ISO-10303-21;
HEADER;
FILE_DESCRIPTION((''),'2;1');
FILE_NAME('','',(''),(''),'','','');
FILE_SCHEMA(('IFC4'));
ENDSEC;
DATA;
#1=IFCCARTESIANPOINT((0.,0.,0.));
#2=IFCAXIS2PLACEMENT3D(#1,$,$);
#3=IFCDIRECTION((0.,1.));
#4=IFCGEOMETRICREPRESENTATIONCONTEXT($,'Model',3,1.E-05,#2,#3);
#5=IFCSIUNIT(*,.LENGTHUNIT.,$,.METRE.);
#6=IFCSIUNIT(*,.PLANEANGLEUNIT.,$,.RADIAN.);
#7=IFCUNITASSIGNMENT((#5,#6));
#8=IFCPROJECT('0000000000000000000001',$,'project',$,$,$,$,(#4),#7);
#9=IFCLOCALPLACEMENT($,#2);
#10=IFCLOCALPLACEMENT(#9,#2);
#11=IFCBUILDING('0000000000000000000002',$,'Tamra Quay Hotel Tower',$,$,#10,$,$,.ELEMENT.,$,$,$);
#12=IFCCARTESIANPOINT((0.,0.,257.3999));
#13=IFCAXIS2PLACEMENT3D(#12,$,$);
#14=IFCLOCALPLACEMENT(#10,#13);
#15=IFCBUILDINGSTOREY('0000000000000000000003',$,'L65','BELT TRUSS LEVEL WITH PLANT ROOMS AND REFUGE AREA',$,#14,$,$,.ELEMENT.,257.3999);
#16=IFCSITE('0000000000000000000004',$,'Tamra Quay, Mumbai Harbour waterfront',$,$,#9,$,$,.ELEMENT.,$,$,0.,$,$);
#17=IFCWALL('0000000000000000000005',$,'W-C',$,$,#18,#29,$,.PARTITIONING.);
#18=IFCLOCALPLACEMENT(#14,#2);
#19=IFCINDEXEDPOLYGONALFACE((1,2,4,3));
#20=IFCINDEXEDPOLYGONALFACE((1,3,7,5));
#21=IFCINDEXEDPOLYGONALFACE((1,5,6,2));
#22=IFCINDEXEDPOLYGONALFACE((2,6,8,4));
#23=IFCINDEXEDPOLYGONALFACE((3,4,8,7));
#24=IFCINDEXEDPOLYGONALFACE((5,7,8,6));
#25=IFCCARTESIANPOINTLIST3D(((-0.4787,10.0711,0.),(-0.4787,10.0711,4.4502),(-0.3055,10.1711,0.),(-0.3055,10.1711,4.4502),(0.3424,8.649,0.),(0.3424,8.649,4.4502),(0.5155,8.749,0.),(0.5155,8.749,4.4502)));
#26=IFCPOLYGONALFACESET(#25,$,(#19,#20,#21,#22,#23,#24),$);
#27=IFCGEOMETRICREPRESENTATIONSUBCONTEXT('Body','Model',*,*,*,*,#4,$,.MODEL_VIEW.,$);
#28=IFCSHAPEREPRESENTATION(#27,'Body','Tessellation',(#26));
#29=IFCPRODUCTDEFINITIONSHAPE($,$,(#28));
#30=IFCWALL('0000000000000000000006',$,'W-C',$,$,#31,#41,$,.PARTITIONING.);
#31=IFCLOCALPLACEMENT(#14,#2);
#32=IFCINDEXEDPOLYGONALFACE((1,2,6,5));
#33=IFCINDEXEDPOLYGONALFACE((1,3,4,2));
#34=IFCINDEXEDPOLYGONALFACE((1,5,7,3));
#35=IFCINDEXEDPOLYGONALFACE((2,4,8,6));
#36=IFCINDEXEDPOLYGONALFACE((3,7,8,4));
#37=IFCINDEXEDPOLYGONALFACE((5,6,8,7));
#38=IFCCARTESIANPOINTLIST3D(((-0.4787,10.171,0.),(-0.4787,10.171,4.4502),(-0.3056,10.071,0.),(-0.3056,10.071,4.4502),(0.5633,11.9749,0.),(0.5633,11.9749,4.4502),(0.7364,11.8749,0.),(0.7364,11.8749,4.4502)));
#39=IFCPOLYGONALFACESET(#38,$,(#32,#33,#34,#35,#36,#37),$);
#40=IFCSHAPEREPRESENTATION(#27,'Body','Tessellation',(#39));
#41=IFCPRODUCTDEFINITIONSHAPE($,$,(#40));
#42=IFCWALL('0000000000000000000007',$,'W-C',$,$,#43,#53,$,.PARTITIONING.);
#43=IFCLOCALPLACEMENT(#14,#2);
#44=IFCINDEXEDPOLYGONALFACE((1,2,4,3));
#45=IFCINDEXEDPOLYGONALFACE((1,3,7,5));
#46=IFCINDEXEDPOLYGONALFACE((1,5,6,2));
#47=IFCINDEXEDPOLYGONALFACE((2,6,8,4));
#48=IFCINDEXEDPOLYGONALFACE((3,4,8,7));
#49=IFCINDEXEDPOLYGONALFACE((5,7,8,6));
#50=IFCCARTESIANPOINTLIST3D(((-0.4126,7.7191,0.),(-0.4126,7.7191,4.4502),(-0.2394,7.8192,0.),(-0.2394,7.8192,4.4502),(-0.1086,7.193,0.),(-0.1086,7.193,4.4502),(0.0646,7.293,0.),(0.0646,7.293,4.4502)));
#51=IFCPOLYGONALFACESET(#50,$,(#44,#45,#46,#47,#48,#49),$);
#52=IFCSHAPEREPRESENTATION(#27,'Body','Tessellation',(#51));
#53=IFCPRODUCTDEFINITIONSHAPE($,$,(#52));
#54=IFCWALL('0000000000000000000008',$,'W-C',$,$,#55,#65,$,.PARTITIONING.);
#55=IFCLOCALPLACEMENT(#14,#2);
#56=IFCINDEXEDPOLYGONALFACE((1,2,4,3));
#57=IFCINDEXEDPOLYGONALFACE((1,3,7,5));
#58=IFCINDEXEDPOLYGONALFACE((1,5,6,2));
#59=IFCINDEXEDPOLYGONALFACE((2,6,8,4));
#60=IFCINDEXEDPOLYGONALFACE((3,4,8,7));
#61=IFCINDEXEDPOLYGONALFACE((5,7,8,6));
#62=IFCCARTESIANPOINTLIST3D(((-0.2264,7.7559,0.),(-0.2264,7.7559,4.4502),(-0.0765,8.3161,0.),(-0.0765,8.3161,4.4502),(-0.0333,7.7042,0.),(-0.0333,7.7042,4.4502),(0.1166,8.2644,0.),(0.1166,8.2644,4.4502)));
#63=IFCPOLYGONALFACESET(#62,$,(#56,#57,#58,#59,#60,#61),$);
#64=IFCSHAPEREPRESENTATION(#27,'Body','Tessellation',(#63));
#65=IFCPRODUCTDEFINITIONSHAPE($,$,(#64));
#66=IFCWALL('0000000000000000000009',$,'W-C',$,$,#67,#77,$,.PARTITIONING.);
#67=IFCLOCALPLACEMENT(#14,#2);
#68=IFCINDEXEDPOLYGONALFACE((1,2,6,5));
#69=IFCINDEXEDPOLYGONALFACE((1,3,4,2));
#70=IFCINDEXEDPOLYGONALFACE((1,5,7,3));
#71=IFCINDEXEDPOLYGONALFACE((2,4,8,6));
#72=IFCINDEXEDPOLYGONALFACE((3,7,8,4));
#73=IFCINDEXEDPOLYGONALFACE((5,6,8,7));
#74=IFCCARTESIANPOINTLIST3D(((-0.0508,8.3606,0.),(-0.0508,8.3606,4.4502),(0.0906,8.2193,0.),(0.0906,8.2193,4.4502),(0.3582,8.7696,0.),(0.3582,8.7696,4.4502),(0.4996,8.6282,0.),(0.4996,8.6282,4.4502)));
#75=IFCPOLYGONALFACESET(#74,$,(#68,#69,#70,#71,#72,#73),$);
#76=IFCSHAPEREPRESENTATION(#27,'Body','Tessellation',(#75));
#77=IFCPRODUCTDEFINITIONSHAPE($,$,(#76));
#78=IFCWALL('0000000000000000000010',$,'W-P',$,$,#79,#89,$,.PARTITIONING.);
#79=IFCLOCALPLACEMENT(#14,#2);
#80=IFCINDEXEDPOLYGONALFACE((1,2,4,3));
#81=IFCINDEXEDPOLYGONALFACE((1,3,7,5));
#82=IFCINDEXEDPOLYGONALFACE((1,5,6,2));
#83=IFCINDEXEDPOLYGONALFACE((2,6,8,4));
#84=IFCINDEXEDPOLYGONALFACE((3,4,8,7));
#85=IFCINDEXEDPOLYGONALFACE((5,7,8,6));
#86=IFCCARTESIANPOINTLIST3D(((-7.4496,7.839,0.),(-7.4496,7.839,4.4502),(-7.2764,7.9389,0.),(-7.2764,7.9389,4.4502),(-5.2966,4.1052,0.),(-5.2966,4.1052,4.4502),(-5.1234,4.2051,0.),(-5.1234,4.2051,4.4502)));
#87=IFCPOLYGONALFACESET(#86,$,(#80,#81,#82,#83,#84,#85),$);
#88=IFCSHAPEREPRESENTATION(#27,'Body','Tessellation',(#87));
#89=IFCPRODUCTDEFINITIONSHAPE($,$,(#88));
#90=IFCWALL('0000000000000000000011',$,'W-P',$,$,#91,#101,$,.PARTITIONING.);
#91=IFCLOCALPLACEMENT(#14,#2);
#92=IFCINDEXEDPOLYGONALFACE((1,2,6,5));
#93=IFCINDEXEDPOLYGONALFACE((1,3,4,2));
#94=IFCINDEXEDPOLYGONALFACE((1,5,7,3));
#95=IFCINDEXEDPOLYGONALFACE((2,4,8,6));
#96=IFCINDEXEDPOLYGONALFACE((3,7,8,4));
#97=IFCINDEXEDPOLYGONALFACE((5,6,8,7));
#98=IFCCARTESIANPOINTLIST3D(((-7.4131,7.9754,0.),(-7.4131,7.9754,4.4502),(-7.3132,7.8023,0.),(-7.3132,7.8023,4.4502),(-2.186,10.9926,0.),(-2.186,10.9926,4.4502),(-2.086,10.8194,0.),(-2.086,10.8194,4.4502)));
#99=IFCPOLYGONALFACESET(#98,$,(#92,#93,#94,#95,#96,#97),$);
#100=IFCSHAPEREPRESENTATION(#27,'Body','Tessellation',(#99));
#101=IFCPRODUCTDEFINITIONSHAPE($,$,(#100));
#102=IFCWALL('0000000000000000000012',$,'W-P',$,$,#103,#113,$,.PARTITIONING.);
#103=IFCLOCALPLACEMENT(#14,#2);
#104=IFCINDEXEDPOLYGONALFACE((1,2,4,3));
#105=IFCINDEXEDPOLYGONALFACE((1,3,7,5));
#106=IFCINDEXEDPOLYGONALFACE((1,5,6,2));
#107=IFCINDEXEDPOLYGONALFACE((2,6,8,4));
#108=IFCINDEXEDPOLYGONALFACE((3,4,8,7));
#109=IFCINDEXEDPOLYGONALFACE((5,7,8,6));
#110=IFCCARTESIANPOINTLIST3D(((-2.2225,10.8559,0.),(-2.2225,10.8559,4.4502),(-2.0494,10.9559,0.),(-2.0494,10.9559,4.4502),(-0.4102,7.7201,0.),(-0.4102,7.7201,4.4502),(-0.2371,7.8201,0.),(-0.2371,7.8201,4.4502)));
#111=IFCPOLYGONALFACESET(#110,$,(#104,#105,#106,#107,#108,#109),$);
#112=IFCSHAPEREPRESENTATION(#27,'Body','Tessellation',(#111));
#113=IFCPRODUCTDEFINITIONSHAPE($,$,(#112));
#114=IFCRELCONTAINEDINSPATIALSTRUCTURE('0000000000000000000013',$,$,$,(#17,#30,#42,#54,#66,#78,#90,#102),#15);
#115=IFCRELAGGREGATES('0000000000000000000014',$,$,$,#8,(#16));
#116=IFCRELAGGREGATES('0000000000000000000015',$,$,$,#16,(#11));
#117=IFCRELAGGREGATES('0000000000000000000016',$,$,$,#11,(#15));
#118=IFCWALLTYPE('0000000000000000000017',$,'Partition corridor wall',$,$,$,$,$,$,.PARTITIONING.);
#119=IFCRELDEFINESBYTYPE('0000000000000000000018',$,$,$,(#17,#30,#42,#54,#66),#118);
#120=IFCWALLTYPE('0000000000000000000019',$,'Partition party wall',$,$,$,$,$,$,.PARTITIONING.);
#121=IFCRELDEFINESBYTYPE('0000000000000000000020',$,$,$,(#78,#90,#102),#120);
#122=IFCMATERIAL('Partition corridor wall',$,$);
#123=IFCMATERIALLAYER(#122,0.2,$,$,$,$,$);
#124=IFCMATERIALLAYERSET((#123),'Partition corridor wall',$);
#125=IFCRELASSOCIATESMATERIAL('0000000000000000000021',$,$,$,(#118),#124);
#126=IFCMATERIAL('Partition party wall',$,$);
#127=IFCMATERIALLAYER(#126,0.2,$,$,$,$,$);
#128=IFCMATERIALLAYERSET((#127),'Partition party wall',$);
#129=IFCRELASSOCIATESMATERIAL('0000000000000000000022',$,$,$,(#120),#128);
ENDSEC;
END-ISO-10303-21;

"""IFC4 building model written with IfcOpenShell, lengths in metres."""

from ifc_helpers import new_model, si_unit, direction, frame, frame_2d, origin, place, context, subcontext, project, spatial, rectangle, extrude, material, layer, layer_set, type_object, element, save


model = new_model("IFC4")

# Units and contexts
model_context = context("Model", 3, precision=1e-05, world=origin(), true_north=direction((0.0, 1.0)))
body_context = subcontext(model_context, "Body", "Model", "MODEL_VIEW")
ifc_project = project(units=[si_unit("LENGTHUNIT", "METRE"), si_unit("PLANEANGLEUNIT", "RADIAN")], contexts=[model_context])

# Site, building, storey
site_placement = place(None, origin())
site = spatial("IfcSite", under=ifc_project, at=site_placement, Name="Tamra Quay, Mumbai Harbour waterfront", CompositionType="ELEMENT", RefElevation=0.0)
building_placement = place(site_placement, origin())
building = spatial("IfcBuilding", under=site, at=building_placement, Name="Tamra Quay Hotel Tower", CompositionType="ELEMENT")
storey_placement = place(building_placement, frame((0.0, 0.0, 257.3999)))
storey = spatial("IfcBuildingStorey", under=building, at=storey_placement, Name="L65", Description="BELT TRUSS LEVEL WITH PLANT ROOMS AND REFUGE AREA", CompositionType="ELEMENT", Elevation=257.3999)

# Shared definitions
ifc_material_1 = material(Name="Partition corridor wall")
ifc_layer_1 = layer(ifc_material_1, 0.2)
ifc_layer_set_1 = layer_set([ifc_layer_1], Name="Partition corridor wall")
wall_type_1 = type_object("IfcWallType", Name="Partition corridor wall", PredefinedType="PARTITIONING", material=ifc_layer_set_1)

# Walls
wall_1_placement = place(storey_placement, frame((-0.3921, 10.1211, 0.0), z_axis=(0.0, 0.0, 1.0), x_axis=(0.499993, -0.86603, 0.0)))
element("IfcWall", 1, at=wall_1_placement, inside=storey, type_object=wall_type_1, Name="W-C", PredefinedType="PARTITIONING", context=body_context, shape_type="SweptSolid", body=[
    extrude(rectangle(XDim=1.6421, YDim=0.2, at=frame_2d((0.821, 0.0))), origin(), (0.0, 0.0, 1.0), 4.4502),
])
wall_2_placement = place(storey_placement, frame((-0.3921, 10.1211, 0.0), z_axis=(0.0, 0.0, 1.0), x_axis=(0.500172, 0.865926, 0.0)))
element("IfcWall", 2, at=wall_2_placement, inside=storey, type_object=wall_type_1, Name="W-C", PredefinedType="PARTITIONING", context=body_context, shape_type="SweptSolid", body=[
    extrude(rectangle(XDim=2.0833, YDim=0.2, at=frame_2d((1.0415, 0.0))), origin(), (0.0, 0.0, 1.0), 4.4502),
])
wall_3_placement = place(storey_placement, frame((-0.3259, 7.769, 0.0), z_axis=(0.0, 0.0, 1.0), x_axis=(0.500244, -0.865884, 0.0)))
element("IfcWall", 3, at=wall_3_placement, inside=storey, type_object=wall_type_1, Name="W-C", PredefinedType="PARTITIONING", context=body_context, shape_type="SweptSolid", body=[
    extrude(rectangle(XDim=0.6077, YDim=0.2, at=frame_2d((0.3037, 0.0))), origin(), (0.0, 0.0, 1.0), 4.4502),
])
wall_4_placement = place(storey_placement, frame((-0.1299, 7.73, 0.0), z_axis=(0.0, 0.0, 1.0), x_axis=(0.258554, 0.965997, 0.0)))
element("IfcWall", 4, at=wall_4_placement, inside=storey, type_object=wall_type_1, Name="W-C", PredefinedType="PARTITIONING", context=body_context, shape_type="SweptSolid", body=[
    extrude(rectangle(XDim=0.5798, YDim=0.2, at=frame_2d((0.29, 0.0))), origin(), (0.0, 0.0, 1.0), 4.4502),
])
wall_5_placement = place(storey_placement, frame((0.02, 8.29, 0.0), z_axis=(0.0, 0.0, 1.0), x_axis=(0.707107, 0.707107, 0.0)))
element("IfcWall", 5, at=wall_5_placement, inside=storey, type_object=wall_type_1, Name="W-C", PredefinedType="PARTITIONING", context=body_context, shape_type="SweptSolid", body=[
    extrude(rectangle(XDim=0.5784, YDim=0.2, at=frame_2d((0.2891, 0.0))), origin(), (0.0, 0.0, 1.0), 4.4502),
])
ifc_material_2 = material(Name="Partition party wall")
ifc_layer_2 = layer(ifc_material_2, 0.2)
ifc_layer_set_2 = layer_set([ifc_layer_2], Name="Partition party wall")
wall_type_2 = type_object("IfcWallType", Name="Partition party wall", PredefinedType="PARTITIONING", material=ifc_layer_set_2)
wall_6_placement = place(storey_placement, frame((-7.363, 7.8889, 0.0), z_axis=(0.0, 0.0, 1.0), x_axis=(0.499533, -0.866295, 0.0)))
element("IfcWall", 6, at=wall_6_placement, inside=storey, type_object=wall_type_2, Name="W-P", PredefinedType="PARTITIONING", context=body_context, shape_type="SweptSolid", body=[
    extrude(rectangle(XDim=4.3101, YDim=0.2, at=frame_2d((2.155, 0.0))), origin(), (0.0, 0.0, 1.0), 4.4502),
])
wall_7_placement = place(storey_placement, frame((-7.363, 7.8889, 0.0), z_axis=(0.0, 0.0, 1.0), x_axis=(0.866079, 0.499907, 0.0)))
element("IfcWall", 7, at=wall_7_placement, inside=storey, type_object=wall_type_2, Name="W-P", PredefinedType="PARTITIONING", context=body_context, shape_type="SweptSolid", body=[
    extrude(rectangle(XDim=6.0354, YDim=0.2, at=frame_2d((3.0176, 0.0))), origin(), (0.0, 0.0, 1.0), 4.4502),
])
wall_8_placement = place(storey_placement, frame((-2.136, 10.906, 0.0), z_axis=(0.0, 0.0, 1.0), x_axis=(0.50038, -0.865806, 0.0)))
element("IfcWall", 8, at=wall_8_placement, inside=storey, type_object=wall_type_2, Name="W-P", PredefinedType="PARTITIONING", context=body_context, shape_type="SweptSolid", body=[
    extrude(rectangle(XDim=3.6218, YDim=0.2, at=frame_2d((1.811, 0.0))), origin(), (0.0, 0.0, 1.0), 4.4502),
])

save(model, "model.ifc")
